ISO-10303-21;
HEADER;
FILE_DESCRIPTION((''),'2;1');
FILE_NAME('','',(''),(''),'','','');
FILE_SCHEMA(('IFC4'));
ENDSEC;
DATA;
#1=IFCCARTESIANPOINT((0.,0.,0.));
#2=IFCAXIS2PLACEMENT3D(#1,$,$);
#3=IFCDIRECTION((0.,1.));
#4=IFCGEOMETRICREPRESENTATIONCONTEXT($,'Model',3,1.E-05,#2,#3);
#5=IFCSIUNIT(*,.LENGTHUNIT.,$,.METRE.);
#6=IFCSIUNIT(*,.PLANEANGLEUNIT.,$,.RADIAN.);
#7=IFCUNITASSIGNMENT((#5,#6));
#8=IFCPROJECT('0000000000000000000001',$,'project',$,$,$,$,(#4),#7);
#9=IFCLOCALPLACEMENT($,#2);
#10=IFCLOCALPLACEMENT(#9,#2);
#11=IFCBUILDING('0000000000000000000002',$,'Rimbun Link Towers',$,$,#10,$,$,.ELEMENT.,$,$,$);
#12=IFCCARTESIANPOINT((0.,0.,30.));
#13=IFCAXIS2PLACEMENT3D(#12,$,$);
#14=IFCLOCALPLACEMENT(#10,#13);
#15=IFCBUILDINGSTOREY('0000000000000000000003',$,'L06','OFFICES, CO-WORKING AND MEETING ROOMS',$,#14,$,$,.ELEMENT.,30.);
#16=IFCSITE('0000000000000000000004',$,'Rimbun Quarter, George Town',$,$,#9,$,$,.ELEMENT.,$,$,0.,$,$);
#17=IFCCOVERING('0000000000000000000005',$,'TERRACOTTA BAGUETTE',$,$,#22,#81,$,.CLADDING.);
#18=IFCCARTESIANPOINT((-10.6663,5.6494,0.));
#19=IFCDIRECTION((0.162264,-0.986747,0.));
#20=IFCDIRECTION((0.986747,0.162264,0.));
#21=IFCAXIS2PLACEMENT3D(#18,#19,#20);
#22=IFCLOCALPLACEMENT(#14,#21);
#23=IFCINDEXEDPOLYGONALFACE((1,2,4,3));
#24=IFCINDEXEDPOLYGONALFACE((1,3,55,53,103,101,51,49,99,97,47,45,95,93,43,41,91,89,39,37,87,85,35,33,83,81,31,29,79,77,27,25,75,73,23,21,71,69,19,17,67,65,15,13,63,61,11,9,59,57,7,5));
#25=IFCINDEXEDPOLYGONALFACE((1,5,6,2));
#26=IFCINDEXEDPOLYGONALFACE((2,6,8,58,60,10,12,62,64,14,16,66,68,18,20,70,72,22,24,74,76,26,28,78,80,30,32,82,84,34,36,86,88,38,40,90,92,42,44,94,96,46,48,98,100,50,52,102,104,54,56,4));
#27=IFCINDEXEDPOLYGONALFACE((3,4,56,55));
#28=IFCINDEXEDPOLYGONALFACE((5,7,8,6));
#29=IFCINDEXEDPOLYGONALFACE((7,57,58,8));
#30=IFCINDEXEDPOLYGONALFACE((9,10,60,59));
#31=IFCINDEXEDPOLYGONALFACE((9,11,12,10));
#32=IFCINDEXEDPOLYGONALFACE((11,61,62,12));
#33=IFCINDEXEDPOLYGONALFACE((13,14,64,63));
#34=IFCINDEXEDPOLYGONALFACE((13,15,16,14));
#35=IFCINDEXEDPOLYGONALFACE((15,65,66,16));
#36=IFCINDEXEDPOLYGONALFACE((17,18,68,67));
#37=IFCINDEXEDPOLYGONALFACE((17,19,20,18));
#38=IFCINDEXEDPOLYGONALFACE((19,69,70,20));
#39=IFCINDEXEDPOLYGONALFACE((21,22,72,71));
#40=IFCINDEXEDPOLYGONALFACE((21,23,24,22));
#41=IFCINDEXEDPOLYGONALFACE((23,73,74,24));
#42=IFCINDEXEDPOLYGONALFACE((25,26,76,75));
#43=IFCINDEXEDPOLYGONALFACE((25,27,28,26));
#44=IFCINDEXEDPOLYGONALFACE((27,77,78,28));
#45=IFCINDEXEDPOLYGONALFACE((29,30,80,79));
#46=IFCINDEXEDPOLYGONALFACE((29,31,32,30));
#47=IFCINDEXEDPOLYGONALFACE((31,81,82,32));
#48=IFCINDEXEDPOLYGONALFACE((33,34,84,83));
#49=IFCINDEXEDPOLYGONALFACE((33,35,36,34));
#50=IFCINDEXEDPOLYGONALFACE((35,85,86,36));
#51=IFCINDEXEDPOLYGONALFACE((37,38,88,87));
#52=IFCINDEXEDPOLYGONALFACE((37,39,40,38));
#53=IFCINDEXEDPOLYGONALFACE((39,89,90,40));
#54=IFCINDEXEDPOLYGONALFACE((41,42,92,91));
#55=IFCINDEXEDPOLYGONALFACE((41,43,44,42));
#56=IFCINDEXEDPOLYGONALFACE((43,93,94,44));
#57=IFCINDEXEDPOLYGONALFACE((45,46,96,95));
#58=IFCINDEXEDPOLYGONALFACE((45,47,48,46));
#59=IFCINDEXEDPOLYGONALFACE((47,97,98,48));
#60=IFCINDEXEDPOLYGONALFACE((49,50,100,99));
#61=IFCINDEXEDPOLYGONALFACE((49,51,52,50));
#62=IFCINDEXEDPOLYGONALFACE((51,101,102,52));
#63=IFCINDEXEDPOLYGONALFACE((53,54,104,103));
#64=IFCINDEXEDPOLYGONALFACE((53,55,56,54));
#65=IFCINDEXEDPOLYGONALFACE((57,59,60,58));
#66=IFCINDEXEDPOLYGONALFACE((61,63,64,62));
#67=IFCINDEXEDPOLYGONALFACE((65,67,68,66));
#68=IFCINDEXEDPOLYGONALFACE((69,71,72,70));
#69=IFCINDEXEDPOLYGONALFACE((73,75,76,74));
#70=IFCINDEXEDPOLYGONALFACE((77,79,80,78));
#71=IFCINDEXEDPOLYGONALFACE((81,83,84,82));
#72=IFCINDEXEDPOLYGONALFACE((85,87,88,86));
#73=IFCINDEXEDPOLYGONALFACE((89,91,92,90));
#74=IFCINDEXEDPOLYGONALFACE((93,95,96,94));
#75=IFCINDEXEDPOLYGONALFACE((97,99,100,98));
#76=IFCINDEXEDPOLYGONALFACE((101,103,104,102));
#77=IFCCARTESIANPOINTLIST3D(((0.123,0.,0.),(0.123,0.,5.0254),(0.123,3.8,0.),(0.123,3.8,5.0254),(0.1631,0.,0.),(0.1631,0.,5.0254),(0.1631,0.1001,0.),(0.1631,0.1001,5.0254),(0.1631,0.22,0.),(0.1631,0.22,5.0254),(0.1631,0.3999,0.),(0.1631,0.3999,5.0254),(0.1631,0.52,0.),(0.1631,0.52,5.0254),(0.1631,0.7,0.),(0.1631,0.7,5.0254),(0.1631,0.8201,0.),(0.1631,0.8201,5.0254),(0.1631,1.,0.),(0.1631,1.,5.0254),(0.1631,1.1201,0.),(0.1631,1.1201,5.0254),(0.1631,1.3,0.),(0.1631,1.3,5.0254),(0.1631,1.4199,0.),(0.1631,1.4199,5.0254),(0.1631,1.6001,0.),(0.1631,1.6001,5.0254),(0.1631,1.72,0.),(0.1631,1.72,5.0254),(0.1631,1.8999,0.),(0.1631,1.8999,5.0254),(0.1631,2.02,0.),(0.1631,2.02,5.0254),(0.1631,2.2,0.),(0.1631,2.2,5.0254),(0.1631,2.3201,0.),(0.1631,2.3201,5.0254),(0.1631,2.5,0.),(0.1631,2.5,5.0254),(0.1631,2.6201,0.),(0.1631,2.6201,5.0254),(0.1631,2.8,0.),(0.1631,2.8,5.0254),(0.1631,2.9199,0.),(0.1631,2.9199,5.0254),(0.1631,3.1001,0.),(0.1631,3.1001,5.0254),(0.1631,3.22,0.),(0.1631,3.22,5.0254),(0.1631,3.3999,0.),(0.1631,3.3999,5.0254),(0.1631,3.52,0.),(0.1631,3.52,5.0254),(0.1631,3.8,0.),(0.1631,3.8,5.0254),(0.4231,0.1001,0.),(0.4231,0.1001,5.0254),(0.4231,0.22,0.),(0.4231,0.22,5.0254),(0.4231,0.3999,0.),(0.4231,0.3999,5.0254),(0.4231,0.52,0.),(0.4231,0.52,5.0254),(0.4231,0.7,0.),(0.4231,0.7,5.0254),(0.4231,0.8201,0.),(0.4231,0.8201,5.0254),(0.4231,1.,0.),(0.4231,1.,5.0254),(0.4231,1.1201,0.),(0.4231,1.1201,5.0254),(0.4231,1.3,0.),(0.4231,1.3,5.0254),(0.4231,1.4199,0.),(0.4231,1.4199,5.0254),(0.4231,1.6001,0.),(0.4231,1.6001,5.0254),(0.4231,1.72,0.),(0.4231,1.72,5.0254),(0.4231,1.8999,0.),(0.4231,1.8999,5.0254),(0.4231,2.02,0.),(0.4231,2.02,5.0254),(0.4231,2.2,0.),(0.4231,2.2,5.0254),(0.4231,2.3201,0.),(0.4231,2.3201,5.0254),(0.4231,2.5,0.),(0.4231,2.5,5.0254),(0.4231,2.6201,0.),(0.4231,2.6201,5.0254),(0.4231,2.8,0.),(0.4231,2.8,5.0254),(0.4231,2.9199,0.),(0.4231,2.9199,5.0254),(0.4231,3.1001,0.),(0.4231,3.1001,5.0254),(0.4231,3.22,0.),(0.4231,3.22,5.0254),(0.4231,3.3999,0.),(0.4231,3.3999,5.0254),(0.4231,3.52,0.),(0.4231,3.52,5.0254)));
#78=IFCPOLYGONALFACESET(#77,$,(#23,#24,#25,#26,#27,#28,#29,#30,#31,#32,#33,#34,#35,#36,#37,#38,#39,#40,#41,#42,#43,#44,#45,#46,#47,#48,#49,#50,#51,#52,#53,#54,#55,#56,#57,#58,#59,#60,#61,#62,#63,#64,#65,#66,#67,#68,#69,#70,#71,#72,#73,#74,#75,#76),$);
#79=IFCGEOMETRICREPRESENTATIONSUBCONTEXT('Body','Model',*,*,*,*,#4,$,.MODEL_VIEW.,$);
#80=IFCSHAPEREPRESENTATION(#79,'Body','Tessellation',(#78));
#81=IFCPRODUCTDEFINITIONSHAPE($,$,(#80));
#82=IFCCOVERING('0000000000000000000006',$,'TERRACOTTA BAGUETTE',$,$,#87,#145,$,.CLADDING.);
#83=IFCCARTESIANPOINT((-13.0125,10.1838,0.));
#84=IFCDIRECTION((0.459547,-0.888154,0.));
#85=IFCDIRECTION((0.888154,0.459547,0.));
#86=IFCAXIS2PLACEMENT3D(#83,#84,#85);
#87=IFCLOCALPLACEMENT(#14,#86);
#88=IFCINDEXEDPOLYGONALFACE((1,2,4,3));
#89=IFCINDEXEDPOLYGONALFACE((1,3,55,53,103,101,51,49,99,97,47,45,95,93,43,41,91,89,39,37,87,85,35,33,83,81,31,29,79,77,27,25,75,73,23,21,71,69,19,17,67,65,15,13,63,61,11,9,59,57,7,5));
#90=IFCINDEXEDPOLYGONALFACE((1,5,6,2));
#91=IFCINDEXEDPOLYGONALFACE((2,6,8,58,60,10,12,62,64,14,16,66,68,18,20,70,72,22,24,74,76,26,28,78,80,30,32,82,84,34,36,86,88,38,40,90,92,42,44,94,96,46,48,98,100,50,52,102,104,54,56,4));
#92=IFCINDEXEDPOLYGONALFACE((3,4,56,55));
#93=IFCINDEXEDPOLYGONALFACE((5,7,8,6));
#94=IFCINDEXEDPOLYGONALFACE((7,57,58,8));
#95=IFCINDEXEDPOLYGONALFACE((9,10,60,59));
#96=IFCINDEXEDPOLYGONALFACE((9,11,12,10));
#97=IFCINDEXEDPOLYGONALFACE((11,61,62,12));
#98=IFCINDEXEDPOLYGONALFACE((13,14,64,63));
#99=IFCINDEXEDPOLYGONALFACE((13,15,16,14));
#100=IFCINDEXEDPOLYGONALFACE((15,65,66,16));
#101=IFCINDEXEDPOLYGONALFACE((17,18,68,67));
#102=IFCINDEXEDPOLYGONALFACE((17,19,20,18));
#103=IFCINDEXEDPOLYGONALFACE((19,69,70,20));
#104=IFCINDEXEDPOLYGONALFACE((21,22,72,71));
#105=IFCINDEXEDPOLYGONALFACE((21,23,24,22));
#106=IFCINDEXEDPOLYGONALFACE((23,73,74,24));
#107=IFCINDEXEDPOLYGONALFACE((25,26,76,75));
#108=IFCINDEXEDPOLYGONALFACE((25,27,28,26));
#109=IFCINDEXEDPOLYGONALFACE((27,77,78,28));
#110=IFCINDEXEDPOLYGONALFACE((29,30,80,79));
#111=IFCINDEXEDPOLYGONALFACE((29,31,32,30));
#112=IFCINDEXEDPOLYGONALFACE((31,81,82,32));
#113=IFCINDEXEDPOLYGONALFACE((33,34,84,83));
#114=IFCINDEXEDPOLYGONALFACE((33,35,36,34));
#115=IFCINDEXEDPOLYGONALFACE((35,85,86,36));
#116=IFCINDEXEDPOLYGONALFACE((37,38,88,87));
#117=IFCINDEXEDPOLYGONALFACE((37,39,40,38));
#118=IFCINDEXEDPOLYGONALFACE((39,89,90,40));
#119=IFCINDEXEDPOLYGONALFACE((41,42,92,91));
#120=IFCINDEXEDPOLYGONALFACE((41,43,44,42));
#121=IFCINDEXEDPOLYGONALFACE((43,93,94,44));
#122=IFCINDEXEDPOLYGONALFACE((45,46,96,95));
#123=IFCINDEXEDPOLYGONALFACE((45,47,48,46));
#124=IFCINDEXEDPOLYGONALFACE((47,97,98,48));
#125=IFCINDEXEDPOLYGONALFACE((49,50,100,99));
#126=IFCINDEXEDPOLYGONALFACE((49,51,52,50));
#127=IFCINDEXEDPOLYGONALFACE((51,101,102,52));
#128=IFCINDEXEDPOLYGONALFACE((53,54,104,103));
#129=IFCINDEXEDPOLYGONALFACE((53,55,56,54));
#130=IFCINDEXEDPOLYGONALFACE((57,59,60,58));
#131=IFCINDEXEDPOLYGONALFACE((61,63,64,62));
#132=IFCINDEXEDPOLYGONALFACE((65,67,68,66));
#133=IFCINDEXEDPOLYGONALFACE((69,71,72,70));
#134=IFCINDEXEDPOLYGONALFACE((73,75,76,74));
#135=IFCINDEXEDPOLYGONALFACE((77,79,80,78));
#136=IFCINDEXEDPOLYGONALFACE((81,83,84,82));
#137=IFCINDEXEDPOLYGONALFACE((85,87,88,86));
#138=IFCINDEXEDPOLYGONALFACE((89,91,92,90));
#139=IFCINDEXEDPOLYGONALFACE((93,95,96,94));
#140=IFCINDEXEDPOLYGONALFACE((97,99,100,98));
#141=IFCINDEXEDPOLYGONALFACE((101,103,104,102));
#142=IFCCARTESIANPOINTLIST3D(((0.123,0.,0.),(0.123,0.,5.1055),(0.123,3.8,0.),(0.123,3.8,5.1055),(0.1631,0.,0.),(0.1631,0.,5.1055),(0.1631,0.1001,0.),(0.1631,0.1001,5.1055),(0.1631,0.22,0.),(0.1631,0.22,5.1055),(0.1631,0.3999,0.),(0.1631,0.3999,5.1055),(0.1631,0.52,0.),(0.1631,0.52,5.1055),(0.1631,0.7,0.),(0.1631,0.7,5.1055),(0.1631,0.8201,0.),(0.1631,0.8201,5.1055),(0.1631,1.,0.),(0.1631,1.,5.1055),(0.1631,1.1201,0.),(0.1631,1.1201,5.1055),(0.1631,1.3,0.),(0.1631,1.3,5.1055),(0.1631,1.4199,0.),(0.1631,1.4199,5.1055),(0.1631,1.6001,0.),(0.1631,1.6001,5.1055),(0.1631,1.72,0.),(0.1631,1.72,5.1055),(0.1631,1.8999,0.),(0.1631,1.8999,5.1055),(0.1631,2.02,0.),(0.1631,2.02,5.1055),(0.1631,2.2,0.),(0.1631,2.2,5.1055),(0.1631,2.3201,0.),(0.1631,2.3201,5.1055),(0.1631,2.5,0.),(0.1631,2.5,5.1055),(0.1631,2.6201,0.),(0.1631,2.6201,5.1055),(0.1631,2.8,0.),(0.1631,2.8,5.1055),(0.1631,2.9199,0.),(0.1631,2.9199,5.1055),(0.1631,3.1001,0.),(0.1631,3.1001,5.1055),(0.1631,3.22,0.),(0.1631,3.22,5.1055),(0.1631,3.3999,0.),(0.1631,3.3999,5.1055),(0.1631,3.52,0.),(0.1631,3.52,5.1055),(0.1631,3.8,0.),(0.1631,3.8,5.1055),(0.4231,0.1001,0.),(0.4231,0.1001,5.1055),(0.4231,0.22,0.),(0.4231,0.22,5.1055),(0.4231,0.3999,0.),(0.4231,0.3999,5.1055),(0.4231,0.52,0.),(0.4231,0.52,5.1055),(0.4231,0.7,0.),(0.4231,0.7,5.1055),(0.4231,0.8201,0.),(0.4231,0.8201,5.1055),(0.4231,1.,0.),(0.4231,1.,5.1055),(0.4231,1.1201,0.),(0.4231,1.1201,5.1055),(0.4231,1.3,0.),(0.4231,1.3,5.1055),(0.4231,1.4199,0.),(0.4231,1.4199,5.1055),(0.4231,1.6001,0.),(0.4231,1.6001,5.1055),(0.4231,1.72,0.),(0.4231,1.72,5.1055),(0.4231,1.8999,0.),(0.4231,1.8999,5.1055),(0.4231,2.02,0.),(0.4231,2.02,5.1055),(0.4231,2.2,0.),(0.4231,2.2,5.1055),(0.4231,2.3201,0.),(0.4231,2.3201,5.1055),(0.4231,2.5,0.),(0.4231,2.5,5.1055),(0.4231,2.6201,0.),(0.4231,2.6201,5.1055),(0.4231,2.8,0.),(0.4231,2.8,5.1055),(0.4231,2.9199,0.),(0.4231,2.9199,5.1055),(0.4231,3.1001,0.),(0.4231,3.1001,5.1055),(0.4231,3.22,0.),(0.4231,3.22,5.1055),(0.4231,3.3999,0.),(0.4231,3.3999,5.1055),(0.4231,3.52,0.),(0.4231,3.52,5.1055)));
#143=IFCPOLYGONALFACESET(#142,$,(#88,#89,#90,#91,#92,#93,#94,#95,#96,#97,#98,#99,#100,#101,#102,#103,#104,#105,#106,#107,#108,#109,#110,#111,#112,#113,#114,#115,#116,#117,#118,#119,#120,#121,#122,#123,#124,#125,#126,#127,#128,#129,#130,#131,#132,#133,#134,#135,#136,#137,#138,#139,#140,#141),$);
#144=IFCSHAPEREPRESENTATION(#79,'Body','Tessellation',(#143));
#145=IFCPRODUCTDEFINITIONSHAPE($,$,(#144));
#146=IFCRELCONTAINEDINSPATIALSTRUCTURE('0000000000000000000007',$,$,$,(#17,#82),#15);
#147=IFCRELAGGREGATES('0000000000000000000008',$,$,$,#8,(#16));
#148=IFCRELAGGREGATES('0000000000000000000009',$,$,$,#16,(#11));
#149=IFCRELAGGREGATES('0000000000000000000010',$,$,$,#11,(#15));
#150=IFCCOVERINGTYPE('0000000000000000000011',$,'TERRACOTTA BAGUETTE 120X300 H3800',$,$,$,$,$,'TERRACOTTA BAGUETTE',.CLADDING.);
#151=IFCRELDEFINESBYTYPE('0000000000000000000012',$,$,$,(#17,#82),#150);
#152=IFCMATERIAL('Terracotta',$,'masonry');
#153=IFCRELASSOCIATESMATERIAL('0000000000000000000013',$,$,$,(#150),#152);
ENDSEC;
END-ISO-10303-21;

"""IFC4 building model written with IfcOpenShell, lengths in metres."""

from ifc_helpers import new_model, si_unit, direction, frame, origin, place, context, subcontext, project, spatial, polyline, outline, extrude, material, material_profile, profile_set, type_object, element, save


model = new_model("IFC4")

# Units and contexts
model_context = context("Model", 3, precision=1e-05, world=origin(), true_north=direction((0.0, 1.0)))
body_context = subcontext(model_context, "Body", "Model", "MODEL_VIEW")
ifc_project = project(units=[si_unit("LENGTHUNIT", "METRE"), si_unit("PLANEANGLEUNIT", "RADIAN")], contexts=[model_context])

# Site, building, storey
site_placement = place(None, origin())
site = spatial("IfcSite", under=ifc_project, at=site_placement, Name="Rimbun Quarter, George Town", CompositionType="ELEMENT", RefElevation=0.0)
building_placement = place(site_placement, origin())
building = spatial("IfcBuilding", under=site, at=building_placement, Name="Rimbun Link Towers", CompositionType="ELEMENT")
storey_placement = place(building_placement, frame((0.0, 0.0, 30.0)))
storey = spatial("IfcBuildingStorey", under=building, at=storey_placement, Name="L06", Description="OFFICES, CO-WORKING AND MEETING ROOMS", CompositionType="ELEMENT", Elevation=30.0)

# Coverings
ifc_material_1 = material(Name="Terracotta", Category="masonry")
ifc_material_profile_1 = material_profile(ifc_material_1, outline(polyline([(0.123, 0.0), (0.1631, 0.0), (0.1631, 0.1001), (0.4231, 0.1001), (0.4231, 0.22), (0.1631, 0.22), (0.1631, 0.3999), (0.4231, 0.3999), (0.4231, 0.52), (0.1631, 0.52), (0.1631, 0.7), (0.4231, 0.7), (0.4231, 0.8201), (0.1631, 0.8201), (0.1631, 1.0), (0.4231, 1.0), (0.4231, 1.1201), (0.1631, 1.1201), (0.1631, 1.3), (0.4231, 1.3), (0.4231, 1.4199), (0.1631, 1.4199), (0.1631, 1.6001), (0.4231, 1.6001), (0.4231, 1.72), (0.1631, 1.72), (0.1631, 1.8999), (0.4231, 1.8999), (0.4231, 2.02), (0.1631, 2.02), (0.1631, 2.2), (0.4231, 2.2), (0.4231, 2.3201), (0.1631, 2.3201), (0.1631, 2.5), (0.4231, 2.5), (0.4231, 2.6201), (0.1631, 2.6201), (0.1631, 2.8), (0.4231, 2.8), (0.4231, 2.9199), (0.1631, 2.9199), (0.1631, 3.1001), (0.4231, 3.1001), (0.4231, 3.22), (0.1631, 3.22), (0.1631, 3.3999), (0.4231, 3.3999), (0.4231, 3.52), (0.1631, 3.52), (0.1631, 3.8), (0.123, 3.8), (0.123, 0.0)])), Name="BAGUETTE 120X300")
ifc_profile_set_1 = profile_set([ifc_material_profile_1], Name="Terracotta")
covering_type = type_object("IfcCoveringType", Name="TERRACOTTA BAGUETTE 120X300 H3800", ElementType="TERRACOTTA BAGUETTE", PredefinedType="CLADDING", material=ifc_profile_set_1)
covering_1_placement = place(storey_placement, frame((-10.6663, 5.6494, 0.0), z_axis=(0.162264, -0.986747, 0.0), x_axis=(0.986747, 0.162264, 0.0)))
element("IfcCovering", 1, at=covering_1_placement, inside=storey, type_object=covering_type, Name="TERRACOTTA BAGUETTE", PredefinedType="CLADDING", context=body_context, shape_type="SweptSolid", body=[
    extrude(outline(polyline([(0.123, 0.0), (0.1631, 0.0), (0.1631, 0.1001), (0.4231, 0.1001), (0.4231, 0.22), (0.1631, 0.22), (0.1631, 0.3999), (0.4231, 0.3999), (0.4231, 0.52), (0.1631, 0.52), (0.1631, 0.7), (0.4231, 0.7), (0.4231, 0.8201), (0.1631, 0.8201), (0.1631, 1.0), (0.4231, 1.0), (0.4231, 1.1201), (0.1631, 1.1201), (0.1631, 1.3), (0.4231, 1.3), (0.4231, 1.4199), (0.1631, 1.4199), (0.1631, 1.6001), (0.4231, 1.6001), (0.4231, 1.72), (0.1631, 1.72), (0.1631, 1.8999), (0.4231, 1.8999), (0.4231, 2.02), (0.1631, 2.02), (0.1631, 2.2), (0.4231, 2.2), (0.4231, 2.3201), (0.1631, 2.3201), (0.1631, 2.5), (0.4231, 2.5), (0.4231, 2.6201), (0.1631, 2.6201), (0.1631, 2.8), (0.4231, 2.8), (0.4231, 2.9199), (0.1631, 2.9199), (0.1631, 3.1001), (0.4231, 3.1001), (0.4231, 3.22), (0.1631, 3.22), (0.1631, 3.3999), (0.4231, 3.3999), (0.4231, 3.52), (0.1631, 3.52), (0.1631, 3.8), (0.123, 3.8), (0.123, 0.0)])), origin(), (0.0, 0.0, 1.0), 5.0254),
])
covering_2_placement = place(storey_placement, frame((-13.0125, 10.1838, 0.0), z_axis=(0.459547, -0.888154, 0.0), x_axis=(0.888154, 0.459547, 0.0)))
element("IfcCovering", 2, at=covering_2_placement, inside=storey, type_object=covering_type, Name="TERRACOTTA BAGUETTE", PredefinedType="CLADDING", context=body_context, shape_type="SweptSolid", body=[
    extrude(outline(polyline([(0.123, 0.0), (0.1631, 0.0), (0.1631, 0.1001), (0.4231, 0.1001), (0.4231, 0.22), (0.1631, 0.22), (0.1631, 0.3999), (0.4231, 0.3999), (0.4231, 0.52), (0.1631, 0.52), (0.1631, 0.7), (0.4231, 0.7), (0.4231, 0.8201), (0.1631, 0.8201), (0.1631, 1.0), (0.4231, 1.0), (0.4231, 1.1201), (0.1631, 1.1201), (0.1631, 1.3), (0.4231, 1.3), (0.4231, 1.4199), (0.1631, 1.4199), (0.1631, 1.6001), (0.4231, 1.6001), (0.4231, 1.72), (0.1631, 1.72), (0.1631, 1.8999), (0.4231, 1.8999), (0.4231, 2.02), (0.1631, 2.02), (0.1631, 2.2), (0.4231, 2.2), (0.4231, 2.3201), (0.1631, 2.3201), (0.1631, 2.5), (0.4231, 2.5), (0.4231, 2.6201), (0.1631, 2.6201), (0.1631, 2.8), (0.4231, 2.8), (0.4231, 2.9199), (0.1631, 2.9199), (0.1631, 3.1001), (0.4231, 3.1001), (0.4231, 3.22), (0.1631, 3.22), (0.1631, 3.3999), (0.4231, 3.3999), (0.4231, 3.52), (0.1631, 3.52), (0.1631, 3.8), (0.123, 3.8), (0.123, 0.0)])), origin(), (0.0, 0.0, 1.0), 5.1055),
])

save(model, "model.ifc")
